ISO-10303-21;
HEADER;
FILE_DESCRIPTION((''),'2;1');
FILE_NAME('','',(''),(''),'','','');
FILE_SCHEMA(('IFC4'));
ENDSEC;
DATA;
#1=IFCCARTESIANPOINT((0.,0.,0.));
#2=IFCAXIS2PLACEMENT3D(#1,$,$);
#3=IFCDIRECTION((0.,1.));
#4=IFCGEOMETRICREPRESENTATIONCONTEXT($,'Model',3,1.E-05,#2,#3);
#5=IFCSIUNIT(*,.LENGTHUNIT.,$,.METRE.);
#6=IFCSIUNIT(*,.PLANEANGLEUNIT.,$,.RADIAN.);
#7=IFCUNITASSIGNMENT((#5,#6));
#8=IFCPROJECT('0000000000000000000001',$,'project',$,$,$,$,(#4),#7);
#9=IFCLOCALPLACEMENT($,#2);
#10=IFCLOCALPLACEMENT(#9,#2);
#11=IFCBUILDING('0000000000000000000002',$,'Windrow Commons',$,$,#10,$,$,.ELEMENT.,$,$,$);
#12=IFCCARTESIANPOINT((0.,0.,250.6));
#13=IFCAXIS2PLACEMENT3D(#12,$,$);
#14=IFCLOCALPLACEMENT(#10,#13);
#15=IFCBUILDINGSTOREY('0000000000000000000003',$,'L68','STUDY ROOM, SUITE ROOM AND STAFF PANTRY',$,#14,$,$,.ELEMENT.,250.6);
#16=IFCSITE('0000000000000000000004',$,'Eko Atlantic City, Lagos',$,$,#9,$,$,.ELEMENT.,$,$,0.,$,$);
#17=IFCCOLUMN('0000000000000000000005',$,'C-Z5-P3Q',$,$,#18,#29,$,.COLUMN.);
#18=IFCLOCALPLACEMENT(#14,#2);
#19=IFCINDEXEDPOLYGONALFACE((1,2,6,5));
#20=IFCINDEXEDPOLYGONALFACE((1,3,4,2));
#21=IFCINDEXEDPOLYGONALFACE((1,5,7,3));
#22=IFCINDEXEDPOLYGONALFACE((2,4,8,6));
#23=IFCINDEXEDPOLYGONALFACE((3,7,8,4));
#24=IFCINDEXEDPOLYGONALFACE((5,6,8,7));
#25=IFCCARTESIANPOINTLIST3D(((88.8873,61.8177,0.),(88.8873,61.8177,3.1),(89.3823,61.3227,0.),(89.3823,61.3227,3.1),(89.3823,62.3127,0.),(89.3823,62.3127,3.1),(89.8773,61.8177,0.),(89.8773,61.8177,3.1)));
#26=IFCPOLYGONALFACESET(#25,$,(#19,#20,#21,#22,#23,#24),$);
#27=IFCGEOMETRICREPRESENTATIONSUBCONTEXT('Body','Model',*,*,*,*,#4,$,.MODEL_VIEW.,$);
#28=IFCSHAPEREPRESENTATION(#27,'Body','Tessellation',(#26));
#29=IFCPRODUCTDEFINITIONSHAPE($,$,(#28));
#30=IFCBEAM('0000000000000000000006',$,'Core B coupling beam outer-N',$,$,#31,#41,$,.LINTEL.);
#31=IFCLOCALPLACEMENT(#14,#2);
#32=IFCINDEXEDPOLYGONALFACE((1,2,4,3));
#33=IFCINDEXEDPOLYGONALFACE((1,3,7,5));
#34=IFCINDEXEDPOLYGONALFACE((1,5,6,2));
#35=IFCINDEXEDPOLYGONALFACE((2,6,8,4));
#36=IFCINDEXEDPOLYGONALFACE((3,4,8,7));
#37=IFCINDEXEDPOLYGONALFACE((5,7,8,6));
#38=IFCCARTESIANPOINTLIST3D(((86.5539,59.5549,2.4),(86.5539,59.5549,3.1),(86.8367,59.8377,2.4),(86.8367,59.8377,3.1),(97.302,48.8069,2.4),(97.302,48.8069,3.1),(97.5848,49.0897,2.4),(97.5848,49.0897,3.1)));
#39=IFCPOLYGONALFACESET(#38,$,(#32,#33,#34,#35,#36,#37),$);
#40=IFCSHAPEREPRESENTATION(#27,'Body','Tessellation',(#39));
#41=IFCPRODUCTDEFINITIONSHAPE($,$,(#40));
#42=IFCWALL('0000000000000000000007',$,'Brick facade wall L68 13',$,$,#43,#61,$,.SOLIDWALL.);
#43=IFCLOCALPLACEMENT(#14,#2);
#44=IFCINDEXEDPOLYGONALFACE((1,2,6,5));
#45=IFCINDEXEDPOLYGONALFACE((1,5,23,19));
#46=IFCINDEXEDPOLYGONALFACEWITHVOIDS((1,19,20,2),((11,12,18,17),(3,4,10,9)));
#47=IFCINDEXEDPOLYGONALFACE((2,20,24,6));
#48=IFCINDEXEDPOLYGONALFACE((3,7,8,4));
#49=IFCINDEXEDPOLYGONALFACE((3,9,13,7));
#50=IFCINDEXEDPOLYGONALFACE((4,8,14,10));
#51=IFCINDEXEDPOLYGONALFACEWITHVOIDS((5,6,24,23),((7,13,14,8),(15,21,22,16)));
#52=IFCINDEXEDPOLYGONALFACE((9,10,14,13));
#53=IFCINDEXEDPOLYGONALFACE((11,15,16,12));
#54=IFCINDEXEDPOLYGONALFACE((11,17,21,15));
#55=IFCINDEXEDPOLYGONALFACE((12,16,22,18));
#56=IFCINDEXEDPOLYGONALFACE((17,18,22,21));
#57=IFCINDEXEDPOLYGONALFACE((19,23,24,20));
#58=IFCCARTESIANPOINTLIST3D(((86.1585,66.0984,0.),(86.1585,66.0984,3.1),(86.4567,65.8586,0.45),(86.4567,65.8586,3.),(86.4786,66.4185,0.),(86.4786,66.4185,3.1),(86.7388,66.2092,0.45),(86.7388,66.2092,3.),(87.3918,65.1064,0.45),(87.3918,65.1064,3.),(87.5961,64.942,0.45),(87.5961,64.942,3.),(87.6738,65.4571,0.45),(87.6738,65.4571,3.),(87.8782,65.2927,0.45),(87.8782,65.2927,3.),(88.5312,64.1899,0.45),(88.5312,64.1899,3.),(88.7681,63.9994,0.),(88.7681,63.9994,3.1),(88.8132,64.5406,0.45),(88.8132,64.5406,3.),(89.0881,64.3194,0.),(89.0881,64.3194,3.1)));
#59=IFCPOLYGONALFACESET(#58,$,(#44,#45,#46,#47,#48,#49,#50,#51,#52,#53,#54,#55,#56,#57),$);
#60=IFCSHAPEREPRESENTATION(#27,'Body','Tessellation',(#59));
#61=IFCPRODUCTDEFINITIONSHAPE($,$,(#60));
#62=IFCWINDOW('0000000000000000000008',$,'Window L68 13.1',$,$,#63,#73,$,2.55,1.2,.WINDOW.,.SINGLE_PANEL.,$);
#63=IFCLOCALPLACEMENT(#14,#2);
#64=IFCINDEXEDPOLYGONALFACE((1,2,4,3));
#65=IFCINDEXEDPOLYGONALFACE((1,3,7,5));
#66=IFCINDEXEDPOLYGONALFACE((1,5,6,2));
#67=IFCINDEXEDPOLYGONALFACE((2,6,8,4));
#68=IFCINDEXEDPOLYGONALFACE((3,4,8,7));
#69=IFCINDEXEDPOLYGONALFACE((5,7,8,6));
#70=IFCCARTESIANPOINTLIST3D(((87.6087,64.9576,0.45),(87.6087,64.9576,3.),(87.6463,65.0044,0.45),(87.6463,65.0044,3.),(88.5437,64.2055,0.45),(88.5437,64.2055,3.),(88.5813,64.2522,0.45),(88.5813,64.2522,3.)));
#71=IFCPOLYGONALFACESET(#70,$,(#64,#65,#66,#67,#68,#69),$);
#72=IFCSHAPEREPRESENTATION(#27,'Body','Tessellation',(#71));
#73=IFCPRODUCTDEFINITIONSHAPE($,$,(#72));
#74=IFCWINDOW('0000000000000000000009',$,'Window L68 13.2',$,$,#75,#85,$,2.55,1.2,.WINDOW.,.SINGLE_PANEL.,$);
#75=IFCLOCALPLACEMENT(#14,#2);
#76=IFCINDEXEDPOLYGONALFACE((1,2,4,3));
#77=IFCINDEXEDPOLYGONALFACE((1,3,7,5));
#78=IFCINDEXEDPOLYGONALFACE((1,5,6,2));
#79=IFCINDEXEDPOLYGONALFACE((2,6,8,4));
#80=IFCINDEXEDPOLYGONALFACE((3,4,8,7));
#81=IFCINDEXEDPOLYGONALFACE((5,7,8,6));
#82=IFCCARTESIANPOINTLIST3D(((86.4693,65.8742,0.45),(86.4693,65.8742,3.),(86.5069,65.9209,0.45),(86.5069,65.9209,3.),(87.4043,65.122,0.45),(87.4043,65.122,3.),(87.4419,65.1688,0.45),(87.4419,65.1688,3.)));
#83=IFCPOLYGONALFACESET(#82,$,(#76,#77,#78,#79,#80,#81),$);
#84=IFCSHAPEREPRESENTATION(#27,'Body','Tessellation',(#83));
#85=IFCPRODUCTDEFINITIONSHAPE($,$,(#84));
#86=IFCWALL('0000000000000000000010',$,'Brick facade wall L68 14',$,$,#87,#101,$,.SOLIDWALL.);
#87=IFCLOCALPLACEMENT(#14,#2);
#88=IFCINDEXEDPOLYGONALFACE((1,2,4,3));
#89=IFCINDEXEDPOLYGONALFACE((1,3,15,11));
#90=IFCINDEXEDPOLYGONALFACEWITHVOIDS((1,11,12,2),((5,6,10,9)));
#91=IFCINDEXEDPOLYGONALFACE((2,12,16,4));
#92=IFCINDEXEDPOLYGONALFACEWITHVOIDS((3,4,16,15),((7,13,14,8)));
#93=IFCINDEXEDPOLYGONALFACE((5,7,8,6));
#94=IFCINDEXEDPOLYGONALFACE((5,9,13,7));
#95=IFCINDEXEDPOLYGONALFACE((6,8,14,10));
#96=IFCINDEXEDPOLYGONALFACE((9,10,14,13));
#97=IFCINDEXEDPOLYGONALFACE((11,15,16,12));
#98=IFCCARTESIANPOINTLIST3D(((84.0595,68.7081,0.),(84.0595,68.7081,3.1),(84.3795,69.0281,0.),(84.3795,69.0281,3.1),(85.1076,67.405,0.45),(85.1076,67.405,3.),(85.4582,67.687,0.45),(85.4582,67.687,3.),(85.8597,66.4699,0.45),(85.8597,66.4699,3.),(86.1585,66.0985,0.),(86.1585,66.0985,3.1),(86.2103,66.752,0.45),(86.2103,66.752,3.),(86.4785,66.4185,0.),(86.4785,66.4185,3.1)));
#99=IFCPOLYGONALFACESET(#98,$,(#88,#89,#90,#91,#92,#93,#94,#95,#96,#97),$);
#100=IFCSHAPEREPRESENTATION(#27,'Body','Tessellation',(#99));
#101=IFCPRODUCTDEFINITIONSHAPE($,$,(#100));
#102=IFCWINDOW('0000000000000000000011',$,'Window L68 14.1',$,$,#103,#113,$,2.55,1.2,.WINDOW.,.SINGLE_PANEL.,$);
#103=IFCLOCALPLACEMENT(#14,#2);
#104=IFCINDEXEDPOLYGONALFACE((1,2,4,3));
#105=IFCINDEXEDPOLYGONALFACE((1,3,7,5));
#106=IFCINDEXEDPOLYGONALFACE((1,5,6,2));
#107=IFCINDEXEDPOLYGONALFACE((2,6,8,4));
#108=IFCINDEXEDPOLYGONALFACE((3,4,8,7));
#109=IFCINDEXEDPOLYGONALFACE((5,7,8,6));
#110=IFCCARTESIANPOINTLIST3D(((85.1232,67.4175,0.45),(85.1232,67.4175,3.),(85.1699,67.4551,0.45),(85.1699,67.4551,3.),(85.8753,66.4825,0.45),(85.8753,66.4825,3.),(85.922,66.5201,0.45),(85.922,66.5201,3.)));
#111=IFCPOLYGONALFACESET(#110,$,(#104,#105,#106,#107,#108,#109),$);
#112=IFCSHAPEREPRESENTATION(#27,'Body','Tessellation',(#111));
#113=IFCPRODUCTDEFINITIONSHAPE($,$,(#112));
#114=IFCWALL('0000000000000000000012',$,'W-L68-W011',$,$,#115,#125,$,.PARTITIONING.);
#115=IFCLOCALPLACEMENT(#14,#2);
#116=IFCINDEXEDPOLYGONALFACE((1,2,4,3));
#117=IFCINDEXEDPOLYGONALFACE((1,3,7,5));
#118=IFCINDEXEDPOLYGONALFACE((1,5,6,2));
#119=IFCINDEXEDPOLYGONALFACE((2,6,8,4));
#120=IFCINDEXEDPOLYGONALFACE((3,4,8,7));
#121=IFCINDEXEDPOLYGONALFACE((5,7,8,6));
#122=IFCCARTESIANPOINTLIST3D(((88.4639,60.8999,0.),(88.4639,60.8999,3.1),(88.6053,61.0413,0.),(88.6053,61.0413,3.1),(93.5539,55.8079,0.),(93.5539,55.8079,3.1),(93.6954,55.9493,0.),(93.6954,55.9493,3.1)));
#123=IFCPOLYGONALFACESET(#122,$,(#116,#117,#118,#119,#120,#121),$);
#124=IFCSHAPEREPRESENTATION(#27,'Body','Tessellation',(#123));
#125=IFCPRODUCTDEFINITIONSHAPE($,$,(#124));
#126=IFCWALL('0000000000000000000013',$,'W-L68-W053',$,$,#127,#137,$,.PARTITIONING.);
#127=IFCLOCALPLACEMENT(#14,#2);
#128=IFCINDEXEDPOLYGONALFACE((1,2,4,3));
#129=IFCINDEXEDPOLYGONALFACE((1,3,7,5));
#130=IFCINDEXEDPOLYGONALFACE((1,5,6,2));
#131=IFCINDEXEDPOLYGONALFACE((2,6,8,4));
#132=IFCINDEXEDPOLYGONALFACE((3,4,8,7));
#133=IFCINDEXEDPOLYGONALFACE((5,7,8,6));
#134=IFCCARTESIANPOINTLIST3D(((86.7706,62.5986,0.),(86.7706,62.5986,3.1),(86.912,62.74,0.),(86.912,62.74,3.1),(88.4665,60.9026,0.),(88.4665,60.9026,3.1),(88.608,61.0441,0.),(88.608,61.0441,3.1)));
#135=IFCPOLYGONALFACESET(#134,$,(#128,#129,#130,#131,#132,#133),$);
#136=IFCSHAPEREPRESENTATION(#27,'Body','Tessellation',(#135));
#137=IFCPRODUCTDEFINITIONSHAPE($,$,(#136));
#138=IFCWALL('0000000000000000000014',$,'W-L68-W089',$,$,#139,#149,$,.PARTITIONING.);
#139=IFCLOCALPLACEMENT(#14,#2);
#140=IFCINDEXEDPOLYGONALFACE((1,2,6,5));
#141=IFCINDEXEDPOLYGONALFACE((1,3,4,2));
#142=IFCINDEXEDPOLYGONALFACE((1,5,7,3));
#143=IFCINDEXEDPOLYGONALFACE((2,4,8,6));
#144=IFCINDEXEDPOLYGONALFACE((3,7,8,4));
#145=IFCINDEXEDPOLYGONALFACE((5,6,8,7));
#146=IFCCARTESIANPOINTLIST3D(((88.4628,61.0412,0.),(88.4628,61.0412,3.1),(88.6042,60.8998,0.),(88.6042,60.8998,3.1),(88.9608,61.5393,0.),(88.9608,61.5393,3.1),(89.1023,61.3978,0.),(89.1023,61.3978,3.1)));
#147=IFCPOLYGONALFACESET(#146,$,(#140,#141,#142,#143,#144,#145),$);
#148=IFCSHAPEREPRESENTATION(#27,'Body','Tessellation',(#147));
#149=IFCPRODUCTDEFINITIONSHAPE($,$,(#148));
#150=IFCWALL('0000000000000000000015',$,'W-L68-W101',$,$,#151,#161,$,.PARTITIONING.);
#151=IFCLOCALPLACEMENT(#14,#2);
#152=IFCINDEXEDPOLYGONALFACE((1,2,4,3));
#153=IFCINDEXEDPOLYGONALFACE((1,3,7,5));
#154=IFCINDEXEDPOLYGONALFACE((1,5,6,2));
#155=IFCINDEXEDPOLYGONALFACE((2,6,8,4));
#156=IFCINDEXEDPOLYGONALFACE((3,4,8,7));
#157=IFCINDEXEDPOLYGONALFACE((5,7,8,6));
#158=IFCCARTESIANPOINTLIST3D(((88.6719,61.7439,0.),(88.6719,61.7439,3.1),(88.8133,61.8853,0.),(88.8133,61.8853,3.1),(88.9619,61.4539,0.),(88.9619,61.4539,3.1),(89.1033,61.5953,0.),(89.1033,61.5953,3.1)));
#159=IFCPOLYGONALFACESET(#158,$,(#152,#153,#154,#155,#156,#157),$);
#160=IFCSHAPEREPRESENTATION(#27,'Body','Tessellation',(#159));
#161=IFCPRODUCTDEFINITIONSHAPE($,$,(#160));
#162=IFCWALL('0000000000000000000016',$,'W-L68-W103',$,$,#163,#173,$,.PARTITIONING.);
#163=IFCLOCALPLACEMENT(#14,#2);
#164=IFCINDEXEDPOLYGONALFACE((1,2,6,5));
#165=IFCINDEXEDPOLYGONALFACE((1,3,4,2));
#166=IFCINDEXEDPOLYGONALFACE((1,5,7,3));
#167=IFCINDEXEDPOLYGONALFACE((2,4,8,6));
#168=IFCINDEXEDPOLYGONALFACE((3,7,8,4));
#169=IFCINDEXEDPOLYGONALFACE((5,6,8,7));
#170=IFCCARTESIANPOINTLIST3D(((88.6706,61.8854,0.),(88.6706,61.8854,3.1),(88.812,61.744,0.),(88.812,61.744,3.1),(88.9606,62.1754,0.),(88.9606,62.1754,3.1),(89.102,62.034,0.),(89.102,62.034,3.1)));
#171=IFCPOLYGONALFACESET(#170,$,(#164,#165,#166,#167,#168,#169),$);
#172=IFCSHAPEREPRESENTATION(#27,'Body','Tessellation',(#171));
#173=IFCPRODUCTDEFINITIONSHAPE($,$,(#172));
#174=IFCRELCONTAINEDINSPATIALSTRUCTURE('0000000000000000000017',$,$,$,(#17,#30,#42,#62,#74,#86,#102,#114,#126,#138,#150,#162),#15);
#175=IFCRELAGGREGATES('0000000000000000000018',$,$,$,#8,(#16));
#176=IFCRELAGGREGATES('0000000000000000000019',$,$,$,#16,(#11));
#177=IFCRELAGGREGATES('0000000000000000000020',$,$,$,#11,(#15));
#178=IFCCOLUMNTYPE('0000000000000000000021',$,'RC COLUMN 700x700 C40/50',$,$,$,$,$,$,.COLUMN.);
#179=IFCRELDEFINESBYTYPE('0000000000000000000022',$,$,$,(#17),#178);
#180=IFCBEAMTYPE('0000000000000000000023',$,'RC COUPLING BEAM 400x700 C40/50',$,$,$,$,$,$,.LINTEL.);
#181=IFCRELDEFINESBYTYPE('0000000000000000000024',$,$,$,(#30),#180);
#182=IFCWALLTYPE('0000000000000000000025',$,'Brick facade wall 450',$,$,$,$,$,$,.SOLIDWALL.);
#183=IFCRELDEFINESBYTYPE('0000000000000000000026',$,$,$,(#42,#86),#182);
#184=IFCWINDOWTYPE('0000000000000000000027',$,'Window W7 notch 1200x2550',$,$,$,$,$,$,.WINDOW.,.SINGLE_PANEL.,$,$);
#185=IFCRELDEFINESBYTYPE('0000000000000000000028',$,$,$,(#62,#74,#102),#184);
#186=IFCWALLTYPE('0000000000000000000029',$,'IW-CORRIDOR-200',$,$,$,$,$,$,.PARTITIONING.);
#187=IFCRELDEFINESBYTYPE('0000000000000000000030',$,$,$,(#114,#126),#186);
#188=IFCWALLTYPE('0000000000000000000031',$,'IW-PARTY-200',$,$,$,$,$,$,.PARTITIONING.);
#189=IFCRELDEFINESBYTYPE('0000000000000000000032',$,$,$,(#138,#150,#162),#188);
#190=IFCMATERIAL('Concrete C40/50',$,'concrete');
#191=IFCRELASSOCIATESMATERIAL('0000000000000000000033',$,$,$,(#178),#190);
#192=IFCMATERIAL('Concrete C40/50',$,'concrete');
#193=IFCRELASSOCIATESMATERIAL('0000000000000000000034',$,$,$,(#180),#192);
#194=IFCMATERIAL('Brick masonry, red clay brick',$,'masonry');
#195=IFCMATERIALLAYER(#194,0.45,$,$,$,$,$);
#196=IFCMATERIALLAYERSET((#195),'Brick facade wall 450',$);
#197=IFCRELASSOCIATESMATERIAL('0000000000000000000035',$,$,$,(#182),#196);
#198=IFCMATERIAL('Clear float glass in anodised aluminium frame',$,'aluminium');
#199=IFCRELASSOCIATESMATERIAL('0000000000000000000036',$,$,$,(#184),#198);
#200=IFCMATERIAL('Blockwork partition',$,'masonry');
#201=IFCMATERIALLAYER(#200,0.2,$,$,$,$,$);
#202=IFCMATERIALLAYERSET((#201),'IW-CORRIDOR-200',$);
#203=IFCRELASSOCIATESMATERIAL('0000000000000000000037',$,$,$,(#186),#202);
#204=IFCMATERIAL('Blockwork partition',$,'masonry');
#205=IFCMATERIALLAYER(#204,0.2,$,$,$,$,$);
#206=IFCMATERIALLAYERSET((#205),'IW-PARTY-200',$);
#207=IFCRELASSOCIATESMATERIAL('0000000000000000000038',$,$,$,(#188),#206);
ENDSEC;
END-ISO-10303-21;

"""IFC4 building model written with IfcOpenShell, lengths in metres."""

from ifc_helpers import new_model, si_unit, direction, frame, frame_2d, origin, origin_2d, place, context, subcontext, project, spatial, polyline, rectangle, outline, extrude, material, layer, layer_set, material_profile, profile_set, type_object, element, fill, save


model = new_model("IFC4")

# Units and contexts
model_context = context("Model", 3, precision=1e-05, world=origin(), true_north=direction((0.0, 1.0)))
body_context = subcontext(model_context, "Body", "Model", "MODEL_VIEW")
ifc_project = project(units=[si_unit("LENGTHUNIT", "METRE"), si_unit("PLANEANGLEUNIT", "RADIAN")], contexts=[model_context])

# Site, building, storey
site_placement = place(None, origin())
site = spatial("IfcSite", under=ifc_project, at=site_placement, Name="Eko Atlantic City, Lagos", CompositionType="ELEMENT", RefElevation=0.0)
building_placement = place(site_placement, origin())
building = spatial("IfcBuilding", under=site, at=building_placement, Name="Windrow Commons", CompositionType="ELEMENT")
storey_placement = place(building_placement, frame((0.0, 0.0, 250.6)))
storey = spatial("IfcBuildingStorey", under=building, at=storey_placement, Name="L68", Description="STUDY ROOM, SUITE ROOM AND STAFF PANTRY", CompositionType="ELEMENT", Elevation=250.6)

# Column
ifc_material_1 = material(Name="Concrete C40/50", Category="concrete")
ifc_material_profile_1 = material_profile(ifc_material_1, rectangle(XDim=0.7, YDim=0.7, at=origin_2d()))
ifc_profile_set_1 = profile_set([ifc_material_profile_1], Name="Concrete C40/50")
column_type = type_object("IfcColumnType", Name="RC COLUMN 700x700 C40/50", PredefinedType="COLUMN", material=ifc_profile_set_1)
column_placement = place(storey_placement, frame((89.3823, 61.8177, 0.0), z_axis=(0.0, 0.0, 1.0), x_axis=(0.707107, -0.707107, 0.0)))
element("IfcColumn", 1, at=column_placement, inside=storey, type_object=column_type, Name="C-Z5-P3Q", PredefinedType="COLUMN", context=body_context, shape_type="SweptSolid", body=[
    extrude(rectangle(XDim=0.7, YDim=0.7, at=origin_2d()), origin(), (0.0, 0.0, 1.0), 3.1),
])

# Beam
ifc_material_2 = material(Name="Concrete C40/50", Category="concrete")
ifc_material_profile_2 = material_profile(ifc_material_2, rectangle(XDim=0.4, YDim=0.7, at=origin_2d()))
ifc_profile_set_2 = profile_set([ifc_material_profile_2], Name="Concrete C40/50")
beam_type = type_object("IfcBeamType", Name="RC COUPLING BEAM 400x700 C40/50", PredefinedType="LINTEL", material=ifc_profile_set_2)
beam_placement = place(storey_placement, frame((86.6953, 59.6963, 2.75), z_axis=(0.70711, -0.707103, 0.0), x_axis=(0.707103, 0.70711, 0.0)))
element("IfcBeam", 2, at=beam_placement, inside=storey, type_object=beam_type, Name="Core B coupling beam outer-N", PredefinedType="LINTEL", context=body_context, shape_type="SweptSolid", body=[
    extrude(rectangle(XDim=0.4, YDim=0.7, at=origin_2d()), origin(), (0.0, 0.0, 1.0), 15.2),
])

# Wall, openings, windows
ifc_material_3 = material(Name="Brick masonry, red clay brick", Category="masonry")
ifc_layer_1 = layer(ifc_material_3, 0.45)
ifc_layer_set_1 = layer_set([ifc_layer_1], Name="Brick facade wall 450")
wall_type_1 = type_object("IfcWallType", Name="Brick facade wall 450", PredefinedType="SOLIDWALL", material=ifc_layer_set_1)
wall_1_placement = place(storey_placement, frame((88.9281, 64.1594, 0.0), z_axis=(0.0, 0.0, 1.0), x_axis=(-0.779203, 0.626772, 0.0)))
wall_1 = element("IfcWall", 3, at=wall_1_placement, inside=storey, type_object=wall_type_1, Name="Brick facade wall L68 13", PredefinedType="SOLIDWALL", context=body_context, shape_type="SweptSolid", body=[
    extrude(outline(polyline([(-0.0244, -0.225), (3.3246, -0.225), (3.3734, 0.225), (0.0244, 0.225), (-0.0244, -0.225)])), origin(), (0.0, 0.0, 1.0), 3.1),
])
opening_1_placement = place(wall_1_placement, frame((0.3284, 0.0, 0.45)))
opening_1 = element("IfcOpeningElement", 4, at=opening_1_placement, cuts=wall_1, PredefinedType="OPENING", context=body_context, shape_type="SweptSolid", body=[
    extrude(rectangle(XDim=1.2, YDim=2.55, at=frame_2d((0.6, 1.275))), frame((0.0, 0.235, 0.0), z_axis=(0.0, -1.0, 0.0), x_axis=(1.0, 0.0, 0.0)), (0.0, 0.0, 1.0), 0.47),
])
opening_2_placement = place(wall_1_placement, frame((1.7907, 0.0, 0.45)))
opening_2 = element("IfcOpeningElement", 5, at=opening_2_placement, cuts=wall_1, PredefinedType="OPENING", context=body_context, shape_type="SweptSolid", body=[
    extrude(rectangle(XDim=1.2, YDim=2.55, at=frame_2d((0.6, 1.275))), frame((0.0, 0.235, 0.0), z_axis=(0.0, -1.0, 0.0), x_axis=(1.0, 0.0, 0.0)), (0.0, 0.0, 1.0), 0.47),
])
ifc_material_4 = material(Name="Clear float glass in anodised aluminium frame", Category="aluminium")
window_type = type_object("IfcWindowType", Name="Window W7 notch 1200x2550", PartitioningType="SINGLE_PANEL", PredefinedType="WINDOW", material=ifc_material_4)
window_1_placement = place(opening_1_placement, origin())
window_1 = element("IfcWindow", 6, at=window_1_placement, inside=storey, type_object=window_type, Name="Window L68 13.1", OverallHeight=2.55, OverallWidth=1.2, PartitioningType="SINGLE_PANEL", PredefinedType="WINDOW", context=body_context, shape_type="SweptSolid", body=[
    extrude(rectangle(XDim=1.2, YDim=2.55, at=frame_2d((0.6, 1.275))), frame((0.0, 0.205, 0.0), z_axis=(0.0, -1.0, 0.0), x_axis=(1.0, 0.0, 0.0)), (0.0, 0.0, 1.0), 0.06),
])
fill(opening_1, window_1)
window_2_placement = place(opening_2_placement, origin())
window_2 = element("IfcWindow", 7, at=window_2_placement, inside=storey, type_object=window_type, Name="Window L68 13.2", OverallHeight=2.55, OverallWidth=1.2, PartitioningType="SINGLE_PANEL", PredefinedType="WINDOW", context=body_context, shape_type="SweptSolid", body=[
    extrude(rectangle(XDim=1.2, YDim=2.55, at=frame_2d((0.6, 1.275))), frame((0.0, 0.205, 0.0), z_axis=(0.0, -1.0, 0.0), x_axis=(1.0, 0.0, 0.0)), (0.0, 0.0, 1.0), 0.06),
])
fill(opening_2, window_2)

# Wall, opening, window
wall_2_placement = place(storey_placement, frame((86.3185, 66.2585, 0.0), z_axis=(0.0, 0.0, 1.0), x_axis=(-0.626754, 0.779217, 0.0)))
wall_2 = element("IfcWall", 8, at=wall_2_placement, inside=storey, type_object=wall_type_1, Name="Brick facade wall L68 14", PredefinedType="SOLIDWALL", context=body_context, shape_type="SweptSolid", body=[
    extrude(outline(polyline([(0.0244, -0.225), (3.3734, -0.225), (3.3246, 0.225), (-0.0244, 0.225), (0.0244, -0.225)])), origin(), (0.0, 0.0, 1.0), 3.1),
])
opening_3_placement = place(wall_2_placement, frame((0.4523, 0.0, 0.45)))
opening_3 = element("IfcOpeningElement", 9, at=opening_3_placement, cuts=wall_2, PredefinedType="OPENING", context=body_context, shape_type="SweptSolid", body=[
    extrude(rectangle(XDim=1.2, YDim=2.55, at=frame_2d((0.6, 1.275))), frame((0.0, 0.235, 0.0), z_axis=(0.0, -1.0, 0.0), x_axis=(1.0, 0.0, 0.0)), (0.0, 0.0, 1.0), 0.47),
])
window_3_placement = place(opening_3_placement, origin())
window_3 = element("IfcWindow", 10, at=window_3_placement, inside=storey, type_object=window_type, Name="Window L68 14.1", OverallHeight=2.55, OverallWidth=1.2, PartitioningType="SINGLE_PANEL", PredefinedType="WINDOW", context=body_context, shape_type="SweptSolid", body=[
    extrude(rectangle(XDim=1.2, YDim=2.55, at=frame_2d((0.6, 1.275))), frame((0.0, 0.205, 0.0), z_axis=(0.0, -1.0, 0.0), x_axis=(1.0, 0.0, 0.0)), (0.0, 0.0, 1.0), 0.06),
])
fill(opening_3, window_3)

# Walls
ifc_material_5 = material(Name="Blockwork partition", Category="masonry")
ifc_layer_2 = layer(ifc_material_5, 0.2)
ifc_layer_set_2 = layer_set([ifc_layer_2], Name="IW-CORRIDOR-200")
wall_type_2 = type_object("IfcWallType", Name="IW-CORRIDOR-200", PredefinedType="PARTITIONING", material=ifc_layer_set_2)
wall_3_placement = place(storey_placement, frame((88.5346, 60.9706, 0.0), z_axis=(0.0, 0.0, 1.0), x_axis=(0.706968, -0.707246, 0.0)))
element("IfcWall", 11, at=wall_3_placement, inside=storey, type_object=wall_type_2, Name="W-L68-W011", PredefinedType="PARTITIONING", context=body_context, shape_type="SweptSolid", body=[
    extrude(rectangle(XDim=7.1998, YDim=0.2, at=frame_2d((3.5999, 0.0))), origin(), (0.0, 0.0, 1.0), 3.1),
])
wall_4_placement = place(storey_placement, frame((86.8413, 62.6693, 0.0), z_axis=(0.0, 0.0, 1.0), x_axis=(0.707107, -0.707107, 0.0)))
element("IfcWall", 12, at=wall_4_placement, inside=storey, type_object=wall_type_2, Name="W-L68-W053", PredefinedType="PARTITIONING", context=body_context, shape_type="SweptSolid", body=[
    extrude(rectangle(XDim=2.3985, YDim=0.2, at=frame_2d((1.1992, 0.0))), origin(), (0.0, 0.0, 1.0), 3.1),
])
ifc_material_6 = material(Name="Blockwork partition", Category="masonry")
ifc_layer_3 = layer(ifc_material_6, 0.2)
ifc_layer_set_3 = layer_set([ifc_layer_3], Name="IW-PARTY-200")
wall_type_3 = type_object("IfcWallType", Name="IW-PARTY-200", PredefinedType="PARTITIONING", material=ifc_layer_set_3)
wall_5_placement = place(storey_placement, frame((88.5335, 60.9705, 0.0), z_axis=(0.0, 0.0, 1.0), x_axis=(0.707107, 0.707107, 0.0)))
element("IfcWall", 13, at=wall_5_placement, inside=storey, type_object=wall_type_3, Name="W-L68-W089", PredefinedType="PARTITIONING", context=body_context, shape_type="SweptSolid", body=[
    extrude(rectangle(XDim=0.7043, YDim=0.2, at=frame_2d((0.3522, 0.0))), origin(), (0.0, 0.0, 1.0), 3.1),
])
for number, where, z_axis, x_axis, name in (
    (14, (88.7426, 61.8146, 0.0), (0.0, 0.0, 1.0), (0.707107, -0.707107, 0.0), "W-L68-W101"),
    (15, (88.7413, 61.8147, 0.0), (0.0, 0.0, 1.0), (0.707107, 0.707107, 0.0), "W-L68-W103"),
):
    element("IfcWall", number, at=place(storey_placement, frame(where, z_axis=z_axis, x_axis=x_axis)), inside=storey, type_object=wall_type_3, Name=name, PredefinedType="PARTITIONING", context=body_context, shape_type="SweptSolid", body=[
        extrude(rectangle(XDim=0.4101, YDim=0.2, at=frame_2d((0.2051, 0.0))), origin(), (0.0, 0.0, 1.0), 3.1),
    ])

save(model, "model.ifc")
